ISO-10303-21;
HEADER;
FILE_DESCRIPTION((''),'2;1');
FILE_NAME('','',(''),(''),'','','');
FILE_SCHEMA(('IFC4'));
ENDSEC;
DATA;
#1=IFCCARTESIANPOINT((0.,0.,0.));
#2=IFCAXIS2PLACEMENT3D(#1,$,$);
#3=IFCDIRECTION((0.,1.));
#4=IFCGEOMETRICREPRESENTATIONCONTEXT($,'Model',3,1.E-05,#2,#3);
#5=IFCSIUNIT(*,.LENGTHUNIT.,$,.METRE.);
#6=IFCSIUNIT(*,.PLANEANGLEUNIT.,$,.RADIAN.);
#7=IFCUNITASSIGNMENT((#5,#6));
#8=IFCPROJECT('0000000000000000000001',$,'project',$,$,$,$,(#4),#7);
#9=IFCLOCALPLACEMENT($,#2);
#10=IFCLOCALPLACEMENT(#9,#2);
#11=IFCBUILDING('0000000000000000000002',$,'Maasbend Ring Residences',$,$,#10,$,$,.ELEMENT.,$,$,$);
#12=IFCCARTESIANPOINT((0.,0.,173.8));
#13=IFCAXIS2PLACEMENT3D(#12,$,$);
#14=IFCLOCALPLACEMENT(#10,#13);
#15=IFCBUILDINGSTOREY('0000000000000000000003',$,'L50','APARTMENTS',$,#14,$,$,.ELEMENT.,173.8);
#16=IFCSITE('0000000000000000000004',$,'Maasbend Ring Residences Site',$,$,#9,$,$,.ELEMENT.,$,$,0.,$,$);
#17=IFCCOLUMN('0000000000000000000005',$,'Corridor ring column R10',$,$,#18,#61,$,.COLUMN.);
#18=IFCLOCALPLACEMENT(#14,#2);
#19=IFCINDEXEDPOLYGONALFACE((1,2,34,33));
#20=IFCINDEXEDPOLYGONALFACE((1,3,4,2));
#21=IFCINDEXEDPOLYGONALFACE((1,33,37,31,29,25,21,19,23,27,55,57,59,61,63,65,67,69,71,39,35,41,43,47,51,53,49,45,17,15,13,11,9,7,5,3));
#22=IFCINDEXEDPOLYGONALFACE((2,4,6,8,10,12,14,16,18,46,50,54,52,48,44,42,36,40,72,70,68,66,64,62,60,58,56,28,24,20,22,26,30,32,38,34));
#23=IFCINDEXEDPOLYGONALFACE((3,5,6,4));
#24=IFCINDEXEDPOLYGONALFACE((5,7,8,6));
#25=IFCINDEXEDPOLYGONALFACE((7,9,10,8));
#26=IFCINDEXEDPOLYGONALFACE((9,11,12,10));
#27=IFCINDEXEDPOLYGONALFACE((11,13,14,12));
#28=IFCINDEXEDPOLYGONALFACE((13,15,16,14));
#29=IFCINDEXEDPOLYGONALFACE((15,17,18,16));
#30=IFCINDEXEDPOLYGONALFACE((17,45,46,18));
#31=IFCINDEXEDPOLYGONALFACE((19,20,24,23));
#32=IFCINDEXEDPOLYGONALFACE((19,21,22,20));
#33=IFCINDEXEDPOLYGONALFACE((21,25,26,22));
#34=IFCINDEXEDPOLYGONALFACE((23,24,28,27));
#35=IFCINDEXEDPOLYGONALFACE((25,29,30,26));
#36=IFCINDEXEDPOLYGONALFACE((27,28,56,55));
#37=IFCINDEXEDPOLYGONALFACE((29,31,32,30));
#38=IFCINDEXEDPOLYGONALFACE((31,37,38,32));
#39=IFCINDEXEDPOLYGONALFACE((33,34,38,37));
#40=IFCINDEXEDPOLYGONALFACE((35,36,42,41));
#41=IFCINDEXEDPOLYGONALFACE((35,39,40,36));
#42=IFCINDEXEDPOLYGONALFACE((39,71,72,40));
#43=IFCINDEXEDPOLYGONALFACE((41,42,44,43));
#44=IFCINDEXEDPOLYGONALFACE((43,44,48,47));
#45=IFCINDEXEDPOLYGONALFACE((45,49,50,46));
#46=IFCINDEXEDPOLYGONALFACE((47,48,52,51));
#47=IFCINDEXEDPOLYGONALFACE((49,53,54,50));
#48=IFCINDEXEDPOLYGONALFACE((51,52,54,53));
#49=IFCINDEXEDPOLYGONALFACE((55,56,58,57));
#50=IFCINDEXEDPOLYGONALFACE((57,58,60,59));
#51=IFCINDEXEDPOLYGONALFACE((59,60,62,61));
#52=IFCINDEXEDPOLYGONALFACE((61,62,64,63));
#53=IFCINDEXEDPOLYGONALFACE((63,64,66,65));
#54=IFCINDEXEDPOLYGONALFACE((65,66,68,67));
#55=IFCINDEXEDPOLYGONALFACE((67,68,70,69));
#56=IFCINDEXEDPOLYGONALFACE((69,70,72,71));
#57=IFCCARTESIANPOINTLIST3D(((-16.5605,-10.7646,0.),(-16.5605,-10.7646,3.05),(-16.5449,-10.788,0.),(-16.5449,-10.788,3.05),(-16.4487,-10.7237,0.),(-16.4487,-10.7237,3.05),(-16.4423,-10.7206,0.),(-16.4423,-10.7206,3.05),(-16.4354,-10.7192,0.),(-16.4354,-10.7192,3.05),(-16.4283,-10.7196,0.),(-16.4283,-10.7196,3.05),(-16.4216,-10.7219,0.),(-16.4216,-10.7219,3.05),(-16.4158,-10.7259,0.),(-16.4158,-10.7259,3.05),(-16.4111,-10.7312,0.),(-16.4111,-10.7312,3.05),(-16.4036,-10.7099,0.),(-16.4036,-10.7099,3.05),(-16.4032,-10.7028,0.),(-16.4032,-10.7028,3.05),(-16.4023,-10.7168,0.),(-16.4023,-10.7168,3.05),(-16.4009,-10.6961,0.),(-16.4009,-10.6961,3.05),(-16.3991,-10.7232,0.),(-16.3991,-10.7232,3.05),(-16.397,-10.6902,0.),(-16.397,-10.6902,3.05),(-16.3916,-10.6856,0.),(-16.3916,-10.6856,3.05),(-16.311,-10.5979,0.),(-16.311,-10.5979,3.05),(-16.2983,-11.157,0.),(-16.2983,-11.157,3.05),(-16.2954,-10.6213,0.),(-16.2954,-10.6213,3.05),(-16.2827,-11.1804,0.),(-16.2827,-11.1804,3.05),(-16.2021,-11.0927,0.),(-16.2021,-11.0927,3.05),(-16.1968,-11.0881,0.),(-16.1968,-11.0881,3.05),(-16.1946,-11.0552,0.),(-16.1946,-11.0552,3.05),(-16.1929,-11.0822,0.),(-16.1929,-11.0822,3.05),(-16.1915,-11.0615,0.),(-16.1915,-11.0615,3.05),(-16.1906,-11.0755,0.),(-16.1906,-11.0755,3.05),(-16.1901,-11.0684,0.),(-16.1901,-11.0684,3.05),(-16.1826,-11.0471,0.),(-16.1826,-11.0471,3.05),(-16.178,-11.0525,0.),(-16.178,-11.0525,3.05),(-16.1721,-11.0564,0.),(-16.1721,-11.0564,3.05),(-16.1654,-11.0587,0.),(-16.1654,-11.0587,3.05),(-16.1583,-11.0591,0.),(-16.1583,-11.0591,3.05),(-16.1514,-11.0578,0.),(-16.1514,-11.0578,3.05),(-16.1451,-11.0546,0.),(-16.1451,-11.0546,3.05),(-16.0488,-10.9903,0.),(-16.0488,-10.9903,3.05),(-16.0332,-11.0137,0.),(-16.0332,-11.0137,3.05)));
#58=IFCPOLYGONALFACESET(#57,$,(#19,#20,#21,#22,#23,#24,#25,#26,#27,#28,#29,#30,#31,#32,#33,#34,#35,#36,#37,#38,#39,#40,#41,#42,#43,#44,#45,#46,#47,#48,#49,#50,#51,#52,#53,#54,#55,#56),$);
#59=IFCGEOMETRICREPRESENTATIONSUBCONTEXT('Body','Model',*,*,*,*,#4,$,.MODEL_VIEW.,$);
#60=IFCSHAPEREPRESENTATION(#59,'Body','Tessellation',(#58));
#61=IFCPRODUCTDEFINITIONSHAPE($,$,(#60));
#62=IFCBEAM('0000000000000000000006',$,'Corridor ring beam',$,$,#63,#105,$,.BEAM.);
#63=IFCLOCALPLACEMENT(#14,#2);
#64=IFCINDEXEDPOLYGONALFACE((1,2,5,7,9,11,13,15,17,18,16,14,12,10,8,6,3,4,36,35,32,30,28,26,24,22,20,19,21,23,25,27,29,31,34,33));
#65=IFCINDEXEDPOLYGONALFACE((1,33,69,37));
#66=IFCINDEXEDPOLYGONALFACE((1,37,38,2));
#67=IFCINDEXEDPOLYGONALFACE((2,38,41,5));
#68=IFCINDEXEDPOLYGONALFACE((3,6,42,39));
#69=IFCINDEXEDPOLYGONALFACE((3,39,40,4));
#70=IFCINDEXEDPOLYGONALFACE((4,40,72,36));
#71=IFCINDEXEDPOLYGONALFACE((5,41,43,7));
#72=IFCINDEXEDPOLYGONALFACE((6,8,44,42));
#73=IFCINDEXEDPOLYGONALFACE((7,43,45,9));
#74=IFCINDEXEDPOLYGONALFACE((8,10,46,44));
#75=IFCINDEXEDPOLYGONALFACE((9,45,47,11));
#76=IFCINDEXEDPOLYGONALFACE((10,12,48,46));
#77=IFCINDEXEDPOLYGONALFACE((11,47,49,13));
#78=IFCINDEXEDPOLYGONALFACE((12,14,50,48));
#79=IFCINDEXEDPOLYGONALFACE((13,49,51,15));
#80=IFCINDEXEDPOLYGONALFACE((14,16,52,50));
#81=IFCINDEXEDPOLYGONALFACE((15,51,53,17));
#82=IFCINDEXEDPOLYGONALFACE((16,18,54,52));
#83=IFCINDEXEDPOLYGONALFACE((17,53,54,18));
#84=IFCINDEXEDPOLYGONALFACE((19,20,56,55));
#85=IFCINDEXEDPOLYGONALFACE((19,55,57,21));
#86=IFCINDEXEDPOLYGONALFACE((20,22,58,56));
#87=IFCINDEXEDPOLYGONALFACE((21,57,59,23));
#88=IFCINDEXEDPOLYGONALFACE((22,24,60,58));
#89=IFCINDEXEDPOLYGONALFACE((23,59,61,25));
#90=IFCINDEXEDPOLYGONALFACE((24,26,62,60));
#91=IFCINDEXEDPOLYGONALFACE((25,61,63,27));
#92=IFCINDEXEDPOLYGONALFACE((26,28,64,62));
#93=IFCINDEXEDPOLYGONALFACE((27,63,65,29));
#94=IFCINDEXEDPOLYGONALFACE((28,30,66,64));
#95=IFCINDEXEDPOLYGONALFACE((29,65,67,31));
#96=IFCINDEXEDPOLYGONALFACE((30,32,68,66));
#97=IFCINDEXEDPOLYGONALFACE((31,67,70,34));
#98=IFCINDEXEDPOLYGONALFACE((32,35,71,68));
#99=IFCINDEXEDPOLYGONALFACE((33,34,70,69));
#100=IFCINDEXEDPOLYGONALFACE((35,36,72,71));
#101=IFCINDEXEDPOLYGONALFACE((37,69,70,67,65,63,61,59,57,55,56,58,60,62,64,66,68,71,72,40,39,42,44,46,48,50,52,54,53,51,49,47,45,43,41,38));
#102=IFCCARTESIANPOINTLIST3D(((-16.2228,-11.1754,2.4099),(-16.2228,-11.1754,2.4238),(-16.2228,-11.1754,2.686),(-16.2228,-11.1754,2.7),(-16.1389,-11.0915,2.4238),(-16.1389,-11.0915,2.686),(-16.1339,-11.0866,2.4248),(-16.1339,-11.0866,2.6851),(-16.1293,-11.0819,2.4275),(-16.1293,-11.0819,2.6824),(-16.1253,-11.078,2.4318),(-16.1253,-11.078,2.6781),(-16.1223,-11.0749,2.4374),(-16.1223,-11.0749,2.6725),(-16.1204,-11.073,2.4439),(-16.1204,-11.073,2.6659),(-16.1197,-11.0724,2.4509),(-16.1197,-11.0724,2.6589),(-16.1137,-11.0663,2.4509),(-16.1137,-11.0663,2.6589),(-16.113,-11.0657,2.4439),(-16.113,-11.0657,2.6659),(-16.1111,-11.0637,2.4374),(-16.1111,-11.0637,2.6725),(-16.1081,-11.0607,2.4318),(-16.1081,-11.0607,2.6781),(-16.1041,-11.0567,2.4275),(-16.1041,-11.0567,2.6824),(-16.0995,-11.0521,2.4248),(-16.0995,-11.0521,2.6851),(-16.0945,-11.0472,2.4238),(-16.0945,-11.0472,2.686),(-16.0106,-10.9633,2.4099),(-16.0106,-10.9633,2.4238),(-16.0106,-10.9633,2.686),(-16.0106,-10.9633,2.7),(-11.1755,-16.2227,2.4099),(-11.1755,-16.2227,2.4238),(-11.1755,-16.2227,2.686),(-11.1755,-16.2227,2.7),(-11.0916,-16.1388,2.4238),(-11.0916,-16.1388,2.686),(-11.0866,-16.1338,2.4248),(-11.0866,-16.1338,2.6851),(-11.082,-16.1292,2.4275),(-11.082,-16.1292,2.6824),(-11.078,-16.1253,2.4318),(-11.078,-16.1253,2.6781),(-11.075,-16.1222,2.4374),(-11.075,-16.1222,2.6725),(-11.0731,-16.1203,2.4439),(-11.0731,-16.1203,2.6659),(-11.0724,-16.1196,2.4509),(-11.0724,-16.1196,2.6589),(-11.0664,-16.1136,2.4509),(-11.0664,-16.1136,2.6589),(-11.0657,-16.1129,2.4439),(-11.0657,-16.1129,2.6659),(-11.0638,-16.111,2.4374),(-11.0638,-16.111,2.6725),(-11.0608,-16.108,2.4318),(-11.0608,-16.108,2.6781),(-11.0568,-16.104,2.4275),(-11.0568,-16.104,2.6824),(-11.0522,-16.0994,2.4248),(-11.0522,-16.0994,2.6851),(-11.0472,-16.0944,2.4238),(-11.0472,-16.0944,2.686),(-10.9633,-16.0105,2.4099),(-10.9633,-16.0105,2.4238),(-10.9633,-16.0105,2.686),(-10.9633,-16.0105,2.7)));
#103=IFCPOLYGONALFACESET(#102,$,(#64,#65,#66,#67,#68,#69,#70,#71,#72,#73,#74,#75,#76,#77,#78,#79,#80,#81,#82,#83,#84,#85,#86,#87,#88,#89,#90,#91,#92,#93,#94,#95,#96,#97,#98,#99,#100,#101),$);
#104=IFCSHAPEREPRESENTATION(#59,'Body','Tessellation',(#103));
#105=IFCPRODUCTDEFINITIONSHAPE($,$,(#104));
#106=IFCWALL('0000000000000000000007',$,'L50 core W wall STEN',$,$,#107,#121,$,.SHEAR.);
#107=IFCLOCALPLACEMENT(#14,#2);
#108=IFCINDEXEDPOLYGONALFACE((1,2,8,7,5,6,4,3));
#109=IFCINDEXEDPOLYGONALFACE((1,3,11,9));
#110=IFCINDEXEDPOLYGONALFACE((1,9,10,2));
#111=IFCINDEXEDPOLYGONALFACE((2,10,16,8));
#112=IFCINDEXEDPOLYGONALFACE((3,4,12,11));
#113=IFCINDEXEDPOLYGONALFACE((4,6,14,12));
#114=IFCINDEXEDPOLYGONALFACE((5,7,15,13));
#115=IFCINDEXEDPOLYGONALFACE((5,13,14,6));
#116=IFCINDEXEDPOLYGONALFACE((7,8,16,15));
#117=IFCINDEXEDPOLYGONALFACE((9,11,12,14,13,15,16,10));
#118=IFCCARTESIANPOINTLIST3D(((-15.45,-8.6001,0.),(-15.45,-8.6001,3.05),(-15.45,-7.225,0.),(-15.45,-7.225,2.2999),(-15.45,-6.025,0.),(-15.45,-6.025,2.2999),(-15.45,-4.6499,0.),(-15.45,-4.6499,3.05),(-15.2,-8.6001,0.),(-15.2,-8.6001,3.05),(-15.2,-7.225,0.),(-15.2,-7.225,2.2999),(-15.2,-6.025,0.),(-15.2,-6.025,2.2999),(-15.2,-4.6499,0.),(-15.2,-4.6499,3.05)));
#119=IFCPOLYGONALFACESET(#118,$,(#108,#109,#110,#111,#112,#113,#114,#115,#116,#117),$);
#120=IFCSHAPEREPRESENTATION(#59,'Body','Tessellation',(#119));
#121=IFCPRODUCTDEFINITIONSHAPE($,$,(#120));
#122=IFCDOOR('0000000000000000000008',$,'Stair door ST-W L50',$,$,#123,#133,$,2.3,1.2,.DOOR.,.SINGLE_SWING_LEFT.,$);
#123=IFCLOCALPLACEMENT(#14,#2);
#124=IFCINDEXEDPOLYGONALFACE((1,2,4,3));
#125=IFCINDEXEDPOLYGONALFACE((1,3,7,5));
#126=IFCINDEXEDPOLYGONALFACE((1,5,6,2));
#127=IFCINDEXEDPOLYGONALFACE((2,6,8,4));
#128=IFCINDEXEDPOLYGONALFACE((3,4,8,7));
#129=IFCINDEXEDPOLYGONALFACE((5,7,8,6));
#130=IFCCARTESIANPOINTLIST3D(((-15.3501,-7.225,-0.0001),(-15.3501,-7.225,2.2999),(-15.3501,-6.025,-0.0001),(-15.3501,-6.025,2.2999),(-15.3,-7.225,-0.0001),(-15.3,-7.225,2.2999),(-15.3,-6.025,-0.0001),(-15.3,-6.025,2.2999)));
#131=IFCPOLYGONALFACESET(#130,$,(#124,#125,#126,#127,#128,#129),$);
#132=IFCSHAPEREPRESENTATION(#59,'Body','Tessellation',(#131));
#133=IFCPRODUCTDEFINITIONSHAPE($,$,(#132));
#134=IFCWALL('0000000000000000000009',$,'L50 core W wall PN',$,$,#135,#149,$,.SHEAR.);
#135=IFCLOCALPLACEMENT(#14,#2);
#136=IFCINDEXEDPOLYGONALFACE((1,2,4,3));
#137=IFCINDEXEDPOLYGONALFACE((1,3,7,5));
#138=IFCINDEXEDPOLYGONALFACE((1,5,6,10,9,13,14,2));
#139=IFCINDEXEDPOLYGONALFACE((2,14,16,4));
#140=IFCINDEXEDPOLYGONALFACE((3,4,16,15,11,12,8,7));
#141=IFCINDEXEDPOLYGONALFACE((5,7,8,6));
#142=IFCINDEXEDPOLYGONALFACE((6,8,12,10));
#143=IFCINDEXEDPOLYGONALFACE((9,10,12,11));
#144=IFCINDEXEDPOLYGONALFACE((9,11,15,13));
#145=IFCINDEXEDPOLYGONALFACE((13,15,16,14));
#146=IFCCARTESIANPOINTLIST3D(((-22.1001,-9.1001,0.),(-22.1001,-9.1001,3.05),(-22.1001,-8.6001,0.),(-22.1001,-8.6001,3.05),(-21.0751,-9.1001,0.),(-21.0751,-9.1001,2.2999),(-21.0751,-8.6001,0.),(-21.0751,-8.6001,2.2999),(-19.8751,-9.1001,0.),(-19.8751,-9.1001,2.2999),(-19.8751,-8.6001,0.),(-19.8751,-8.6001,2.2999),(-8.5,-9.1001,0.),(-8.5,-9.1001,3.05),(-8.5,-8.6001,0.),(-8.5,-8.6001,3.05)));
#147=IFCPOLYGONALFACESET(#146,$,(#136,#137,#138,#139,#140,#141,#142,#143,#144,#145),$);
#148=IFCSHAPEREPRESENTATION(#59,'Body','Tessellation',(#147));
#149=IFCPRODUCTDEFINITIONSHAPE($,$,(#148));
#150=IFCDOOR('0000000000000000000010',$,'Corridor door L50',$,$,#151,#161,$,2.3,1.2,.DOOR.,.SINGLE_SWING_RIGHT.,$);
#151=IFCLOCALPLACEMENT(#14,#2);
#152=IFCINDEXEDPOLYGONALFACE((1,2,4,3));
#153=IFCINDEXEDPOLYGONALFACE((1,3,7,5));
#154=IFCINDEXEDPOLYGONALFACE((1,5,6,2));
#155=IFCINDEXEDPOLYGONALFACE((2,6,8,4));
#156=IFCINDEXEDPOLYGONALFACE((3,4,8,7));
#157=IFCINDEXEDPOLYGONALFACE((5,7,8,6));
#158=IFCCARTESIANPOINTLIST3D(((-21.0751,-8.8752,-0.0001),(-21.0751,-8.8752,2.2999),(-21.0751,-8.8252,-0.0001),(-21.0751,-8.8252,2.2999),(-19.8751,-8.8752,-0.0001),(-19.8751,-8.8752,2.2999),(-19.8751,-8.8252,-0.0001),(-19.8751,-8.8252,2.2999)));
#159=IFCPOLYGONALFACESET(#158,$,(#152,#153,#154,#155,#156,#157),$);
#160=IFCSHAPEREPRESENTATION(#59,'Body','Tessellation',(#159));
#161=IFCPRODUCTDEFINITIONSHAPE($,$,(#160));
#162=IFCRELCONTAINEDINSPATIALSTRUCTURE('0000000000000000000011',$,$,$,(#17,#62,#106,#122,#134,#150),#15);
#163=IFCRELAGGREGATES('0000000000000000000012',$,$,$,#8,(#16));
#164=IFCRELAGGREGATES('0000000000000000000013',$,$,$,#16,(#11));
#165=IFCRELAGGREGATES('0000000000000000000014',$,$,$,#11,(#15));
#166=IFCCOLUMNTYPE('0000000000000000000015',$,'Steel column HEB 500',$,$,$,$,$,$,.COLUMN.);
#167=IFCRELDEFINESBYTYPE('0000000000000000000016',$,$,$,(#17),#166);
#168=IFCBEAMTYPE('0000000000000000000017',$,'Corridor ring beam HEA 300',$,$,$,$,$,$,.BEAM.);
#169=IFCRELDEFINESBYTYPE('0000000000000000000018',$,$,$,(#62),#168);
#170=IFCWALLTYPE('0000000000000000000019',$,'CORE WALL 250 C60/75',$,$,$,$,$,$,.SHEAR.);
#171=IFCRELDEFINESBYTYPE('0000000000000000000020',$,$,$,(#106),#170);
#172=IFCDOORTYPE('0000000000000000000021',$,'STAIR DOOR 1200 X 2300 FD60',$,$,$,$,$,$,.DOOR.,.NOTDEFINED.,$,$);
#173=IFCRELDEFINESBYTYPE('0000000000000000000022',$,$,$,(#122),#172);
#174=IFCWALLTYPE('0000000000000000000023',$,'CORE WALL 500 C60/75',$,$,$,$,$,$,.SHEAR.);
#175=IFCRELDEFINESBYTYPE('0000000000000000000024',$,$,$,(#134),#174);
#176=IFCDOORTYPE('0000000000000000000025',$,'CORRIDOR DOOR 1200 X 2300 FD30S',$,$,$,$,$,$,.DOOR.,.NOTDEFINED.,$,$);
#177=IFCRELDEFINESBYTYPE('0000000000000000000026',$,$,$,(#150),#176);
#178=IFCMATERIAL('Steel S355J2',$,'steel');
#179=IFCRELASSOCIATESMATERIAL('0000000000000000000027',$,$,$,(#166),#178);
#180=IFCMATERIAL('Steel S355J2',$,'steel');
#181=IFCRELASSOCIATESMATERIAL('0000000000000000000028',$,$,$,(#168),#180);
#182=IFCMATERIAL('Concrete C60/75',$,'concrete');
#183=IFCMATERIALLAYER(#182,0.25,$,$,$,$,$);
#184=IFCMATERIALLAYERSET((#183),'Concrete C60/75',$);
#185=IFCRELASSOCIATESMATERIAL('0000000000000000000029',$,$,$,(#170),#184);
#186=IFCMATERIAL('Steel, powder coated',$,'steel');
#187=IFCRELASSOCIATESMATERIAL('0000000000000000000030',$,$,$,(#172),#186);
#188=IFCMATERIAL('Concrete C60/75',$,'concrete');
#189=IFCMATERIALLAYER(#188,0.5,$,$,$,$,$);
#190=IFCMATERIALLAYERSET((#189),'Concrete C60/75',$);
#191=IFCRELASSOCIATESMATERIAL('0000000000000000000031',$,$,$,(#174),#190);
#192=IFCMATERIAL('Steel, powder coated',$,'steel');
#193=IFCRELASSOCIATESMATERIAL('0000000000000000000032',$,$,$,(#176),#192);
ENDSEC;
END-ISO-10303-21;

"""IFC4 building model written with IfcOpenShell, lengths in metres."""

from ifc_helpers import new_model, si_unit, direction, frame, frame_2d, origin, origin_2d, place, context, subcontext, project, spatial, rectangle, i_section, extrude, material, layer, layer_set, material_profile, profile_set, type_object, element, fill, save


model = new_model("IFC4")

# Units and contexts
model_context = context("Model", 3, precision=1e-05, world=origin(), true_north=direction((0.0, 1.0)))
body_context = subcontext(model_context, "Body", "Model", "MODEL_VIEW")
ifc_project = project(units=[si_unit("LENGTHUNIT", "METRE"), si_unit("PLANEANGLEUNIT", "RADIAN")], contexts=[model_context])

# Site, building, storey
site_placement = place(None, origin())
site = spatial("IfcSite", under=ifc_project, at=site_placement, Name="Maasbend Ring Residences Site", CompositionType="ELEMENT", RefElevation=0.0)
building_placement = place(site_placement, origin())
building = spatial("IfcBuilding", under=site, at=building_placement, Name="Maasbend Ring Residences", CompositionType="ELEMENT")
storey_placement = place(building_placement, frame((0.0, 0.0, 173.8)))
storey = spatial("IfcBuildingStorey", under=building, at=storey_placement, Name="L50", Description="APARTMENTS", CompositionType="ELEMENT", Elevation=173.8)

# Column
ifc_material_1 = material(Name="Steel S355J2", Category="steel")
ifc_material_profile_1 = material_profile(ifc_material_1, i_section(OverallWidth=0.3, OverallDepth=0.5, WebThickness=0.0144, FlangeThickness=0.0281, FilletRadius=0.0271, at=origin_2d()), Name="HEB 500")
ifc_profile_set_1 = profile_set([ifc_material_profile_1], Name="Steel S355J2")
column_type = type_object("IfcColumnType", Name="Steel column HEB 500", PredefinedType="COLUMN", material=ifc_profile_set_1)
column_placement = place(storey_placement, frame((-16.2969, -10.8892, 0.0), z_axis=(0.0, 0.0, 1.0), x_axis=(-0.83147, -0.55557, 0.0)))
element("IfcColumn", 1, at=column_placement, inside=storey, type_object=column_type, Name="Corridor ring column R10", PredefinedType="COLUMN", context=body_context, shape_type="SweptSolid", body=[
    extrude(i_section(OverallWidth=0.3, OverallDepth=0.5, WebThickness=0.0144, FlangeThickness=0.0281, FilletRadius=0.0271, at=origin_2d()), origin(), (0.0, 0.0, 1.0), 3.05),
])

# Beam
ifc_material_2 = material(Name="Steel S355J2", Category="steel")
ifc_material_profile_2 = material_profile(ifc_material_2, i_section(OverallWidth=0.3, OverallDepth=0.29, WebThickness=0.0085, FlangeThickness=0.0139, FilletRadius=0.0271, at=origin_2d()), Name="HEA 300")
ifc_profile_set_2 = profile_set([ifc_material_profile_2], Name="Steel S355J2")
beam_type = type_object("IfcBeamType", Name="Corridor ring beam HEA 300", PredefinedType="BEAM", material=ifc_profile_set_2)
beam_placement = place(storey_placement, frame((-16.1167, -11.0693, 2.5549), z_axis=(0.707107, -0.707107, 0.0), x_axis=(0.707107, 0.707107, 0.0)))
element("IfcBeam", 2, at=beam_placement, inside=storey, type_object=beam_type, Name="Corridor ring beam", PredefinedType="BEAM", context=body_context, shape_type="SweptSolid", body=[
    extrude(i_section(OverallWidth=0.3, OverallDepth=0.29, WebThickness=0.0085, FlangeThickness=0.0139, FilletRadius=0.0271, at=origin_2d()), origin(), (0.0, 0.0, 1.0), 7.1379),
])

# Walls, openings, doors
ifc_material_3 = material(Name="Concrete C60/75", Category="concrete")
ifc_layer_1 = layer(ifc_material_3, 0.25)
ifc_layer_set_1 = layer_set([ifc_layer_1], Name="Concrete C60/75")
wall_type_1 = type_object("IfcWallType", Name="CORE WALL 250 C60/75", PredefinedType="SHEAR", material=ifc_layer_set_1)
wall_1_placement = place(storey_placement, frame((-15.325, -4.6499, 0.0), z_axis=(0.0, 0.0, 1.0), x_axis=(0.0, -1.0, 0.0)))
wall_1 = element("IfcWall", 3, at=wall_1_placement, inside=storey, type_object=wall_type_1, Name="L50 core W wall STEN", PredefinedType="SHEAR", context=body_context, shape_type="SweptSolid", body=[
    extrude(rectangle(XDim=3.9502, YDim=0.25, at=frame_2d((1.9751, 0.0))), origin(), (0.0, 0.0, 1.0), 3.05),
])
opening_1_placement = place(wall_1_placement, frame((1.375, 0.0, 0.0)))
opening_1 = element("IfcOpeningElement", 4, at=opening_1_placement, cuts=wall_1, PredefinedType="OPENING", context=body_context, shape_type="SweptSolid", body=[
    extrude(rectangle(XDim=1.2, YDim=2.3, at=frame_2d((0.6001, 1.1499))), frame((0.0, 0.135, 0.0), z_axis=(0.0, -1.0, 0.0), x_axis=(1.0, 0.0, 0.0)), (0.0, 0.0, 1.0), 0.27),
])
ifc_material_4 = material(Name="Steel, powder coated", Category="steel")
door_type_1 = type_object("IfcDoorType", Name="STAIR DOOR 1200 X 2300 FD60", OperationType="NOTDEFINED", PredefinedType="DOOR", material=ifc_material_4)
door_1_placement = place(opening_1_placement, origin())
door_1 = element("IfcDoor", 5, at=door_1_placement, inside=storey, type_object=door_type_1, Name="Stair door ST-W L50", OperationType="SINGLE_SWING_LEFT", OverallHeight=2.3, OverallWidth=1.2, PredefinedType="DOOR", context=body_context, shape_type="SweptSolid", body=[
    extrude(rectangle(XDim=1.2, YDim=2.3, at=frame_2d((0.6001, 1.1499))), frame((0.0, 0.0249, 0.0), z_axis=(0.0, -1.0, 0.0), x_axis=(1.0, 0.0, 0.0)), (0.0, 0.0, 1.0), 0.05),
])
fill(opening_1, door_1)
ifc_material_5 = material(Name="Concrete C60/75", Category="concrete")
ifc_layer_2 = layer(ifc_material_5, 0.5)
ifc_layer_set_2 = layer_set([ifc_layer_2], Name="Concrete C60/75")
wall_type_2 = type_object("IfcWallType", Name="CORE WALL 500 C60/75", PredefinedType="SHEAR", material=ifc_layer_set_2)
wall_2_placement = place(storey_placement, frame((-22.1001, -8.8501, 0.0), z_axis=(0.0, 0.0, 1.0), x_axis=(1.0, 0.0, 0.0)))
wall_2 = element("IfcWall", 6, at=wall_2_placement, inside=storey, type_object=wall_type_2, Name="L50 core W wall PN", PredefinedType="SHEAR", context=body_context, shape_type="SweptSolid", body=[
    extrude(rectangle(XDim=13.6001, YDim=0.5, at=frame_2d((6.8, 0.0))), origin(), (0.0, 0.0, 1.0), 3.05),
])
opening_2_placement = place(wall_2_placement, frame((1.0249, 0.0, 0.0)))
opening_2 = element("IfcOpeningElement", 7, at=opening_2_placement, cuts=wall_2, PredefinedType="OPENING", context=body_context, shape_type="SweptSolid", body=[
    extrude(rectangle(XDim=1.2, YDim=2.3, at=frame_2d((0.6001, 1.1499))), frame((0.0, 0.26, 0.0), z_axis=(0.0, -1.0, 0.0), x_axis=(1.0, 0.0, 0.0)), (0.0, 0.0, 1.0), 0.52),
])
ifc_material_6 = material(Name="Steel, powder coated", Category="steel")
door_type_2 = type_object("IfcDoorType", Name="CORRIDOR DOOR 1200 X 2300 FD30S", OperationType="NOTDEFINED", PredefinedType="DOOR", material=ifc_material_6)
door_2_placement = place(opening_2_placement, origin())
door_2 = element("IfcDoor", 8, at=door_2_placement, inside=storey, type_object=door_type_2, Name="Corridor door L50", OperationType="SINGLE_SWING_RIGHT", OverallHeight=2.3, OverallWidth=1.2, PredefinedType="DOOR", context=body_context, shape_type="SweptSolid", body=[
    extrude(rectangle(XDim=1.2, YDim=2.3, at=frame_2d((0.6001, 1.1499))), frame((0.0, 0.0249, 0.0), z_axis=(0.0, -1.0, 0.0), x_axis=(1.0, 0.0, 0.0)), (0.0, 0.0, 1.0), 0.05),
])
fill(opening_2, door_2)

save(model, "model.ifc")
